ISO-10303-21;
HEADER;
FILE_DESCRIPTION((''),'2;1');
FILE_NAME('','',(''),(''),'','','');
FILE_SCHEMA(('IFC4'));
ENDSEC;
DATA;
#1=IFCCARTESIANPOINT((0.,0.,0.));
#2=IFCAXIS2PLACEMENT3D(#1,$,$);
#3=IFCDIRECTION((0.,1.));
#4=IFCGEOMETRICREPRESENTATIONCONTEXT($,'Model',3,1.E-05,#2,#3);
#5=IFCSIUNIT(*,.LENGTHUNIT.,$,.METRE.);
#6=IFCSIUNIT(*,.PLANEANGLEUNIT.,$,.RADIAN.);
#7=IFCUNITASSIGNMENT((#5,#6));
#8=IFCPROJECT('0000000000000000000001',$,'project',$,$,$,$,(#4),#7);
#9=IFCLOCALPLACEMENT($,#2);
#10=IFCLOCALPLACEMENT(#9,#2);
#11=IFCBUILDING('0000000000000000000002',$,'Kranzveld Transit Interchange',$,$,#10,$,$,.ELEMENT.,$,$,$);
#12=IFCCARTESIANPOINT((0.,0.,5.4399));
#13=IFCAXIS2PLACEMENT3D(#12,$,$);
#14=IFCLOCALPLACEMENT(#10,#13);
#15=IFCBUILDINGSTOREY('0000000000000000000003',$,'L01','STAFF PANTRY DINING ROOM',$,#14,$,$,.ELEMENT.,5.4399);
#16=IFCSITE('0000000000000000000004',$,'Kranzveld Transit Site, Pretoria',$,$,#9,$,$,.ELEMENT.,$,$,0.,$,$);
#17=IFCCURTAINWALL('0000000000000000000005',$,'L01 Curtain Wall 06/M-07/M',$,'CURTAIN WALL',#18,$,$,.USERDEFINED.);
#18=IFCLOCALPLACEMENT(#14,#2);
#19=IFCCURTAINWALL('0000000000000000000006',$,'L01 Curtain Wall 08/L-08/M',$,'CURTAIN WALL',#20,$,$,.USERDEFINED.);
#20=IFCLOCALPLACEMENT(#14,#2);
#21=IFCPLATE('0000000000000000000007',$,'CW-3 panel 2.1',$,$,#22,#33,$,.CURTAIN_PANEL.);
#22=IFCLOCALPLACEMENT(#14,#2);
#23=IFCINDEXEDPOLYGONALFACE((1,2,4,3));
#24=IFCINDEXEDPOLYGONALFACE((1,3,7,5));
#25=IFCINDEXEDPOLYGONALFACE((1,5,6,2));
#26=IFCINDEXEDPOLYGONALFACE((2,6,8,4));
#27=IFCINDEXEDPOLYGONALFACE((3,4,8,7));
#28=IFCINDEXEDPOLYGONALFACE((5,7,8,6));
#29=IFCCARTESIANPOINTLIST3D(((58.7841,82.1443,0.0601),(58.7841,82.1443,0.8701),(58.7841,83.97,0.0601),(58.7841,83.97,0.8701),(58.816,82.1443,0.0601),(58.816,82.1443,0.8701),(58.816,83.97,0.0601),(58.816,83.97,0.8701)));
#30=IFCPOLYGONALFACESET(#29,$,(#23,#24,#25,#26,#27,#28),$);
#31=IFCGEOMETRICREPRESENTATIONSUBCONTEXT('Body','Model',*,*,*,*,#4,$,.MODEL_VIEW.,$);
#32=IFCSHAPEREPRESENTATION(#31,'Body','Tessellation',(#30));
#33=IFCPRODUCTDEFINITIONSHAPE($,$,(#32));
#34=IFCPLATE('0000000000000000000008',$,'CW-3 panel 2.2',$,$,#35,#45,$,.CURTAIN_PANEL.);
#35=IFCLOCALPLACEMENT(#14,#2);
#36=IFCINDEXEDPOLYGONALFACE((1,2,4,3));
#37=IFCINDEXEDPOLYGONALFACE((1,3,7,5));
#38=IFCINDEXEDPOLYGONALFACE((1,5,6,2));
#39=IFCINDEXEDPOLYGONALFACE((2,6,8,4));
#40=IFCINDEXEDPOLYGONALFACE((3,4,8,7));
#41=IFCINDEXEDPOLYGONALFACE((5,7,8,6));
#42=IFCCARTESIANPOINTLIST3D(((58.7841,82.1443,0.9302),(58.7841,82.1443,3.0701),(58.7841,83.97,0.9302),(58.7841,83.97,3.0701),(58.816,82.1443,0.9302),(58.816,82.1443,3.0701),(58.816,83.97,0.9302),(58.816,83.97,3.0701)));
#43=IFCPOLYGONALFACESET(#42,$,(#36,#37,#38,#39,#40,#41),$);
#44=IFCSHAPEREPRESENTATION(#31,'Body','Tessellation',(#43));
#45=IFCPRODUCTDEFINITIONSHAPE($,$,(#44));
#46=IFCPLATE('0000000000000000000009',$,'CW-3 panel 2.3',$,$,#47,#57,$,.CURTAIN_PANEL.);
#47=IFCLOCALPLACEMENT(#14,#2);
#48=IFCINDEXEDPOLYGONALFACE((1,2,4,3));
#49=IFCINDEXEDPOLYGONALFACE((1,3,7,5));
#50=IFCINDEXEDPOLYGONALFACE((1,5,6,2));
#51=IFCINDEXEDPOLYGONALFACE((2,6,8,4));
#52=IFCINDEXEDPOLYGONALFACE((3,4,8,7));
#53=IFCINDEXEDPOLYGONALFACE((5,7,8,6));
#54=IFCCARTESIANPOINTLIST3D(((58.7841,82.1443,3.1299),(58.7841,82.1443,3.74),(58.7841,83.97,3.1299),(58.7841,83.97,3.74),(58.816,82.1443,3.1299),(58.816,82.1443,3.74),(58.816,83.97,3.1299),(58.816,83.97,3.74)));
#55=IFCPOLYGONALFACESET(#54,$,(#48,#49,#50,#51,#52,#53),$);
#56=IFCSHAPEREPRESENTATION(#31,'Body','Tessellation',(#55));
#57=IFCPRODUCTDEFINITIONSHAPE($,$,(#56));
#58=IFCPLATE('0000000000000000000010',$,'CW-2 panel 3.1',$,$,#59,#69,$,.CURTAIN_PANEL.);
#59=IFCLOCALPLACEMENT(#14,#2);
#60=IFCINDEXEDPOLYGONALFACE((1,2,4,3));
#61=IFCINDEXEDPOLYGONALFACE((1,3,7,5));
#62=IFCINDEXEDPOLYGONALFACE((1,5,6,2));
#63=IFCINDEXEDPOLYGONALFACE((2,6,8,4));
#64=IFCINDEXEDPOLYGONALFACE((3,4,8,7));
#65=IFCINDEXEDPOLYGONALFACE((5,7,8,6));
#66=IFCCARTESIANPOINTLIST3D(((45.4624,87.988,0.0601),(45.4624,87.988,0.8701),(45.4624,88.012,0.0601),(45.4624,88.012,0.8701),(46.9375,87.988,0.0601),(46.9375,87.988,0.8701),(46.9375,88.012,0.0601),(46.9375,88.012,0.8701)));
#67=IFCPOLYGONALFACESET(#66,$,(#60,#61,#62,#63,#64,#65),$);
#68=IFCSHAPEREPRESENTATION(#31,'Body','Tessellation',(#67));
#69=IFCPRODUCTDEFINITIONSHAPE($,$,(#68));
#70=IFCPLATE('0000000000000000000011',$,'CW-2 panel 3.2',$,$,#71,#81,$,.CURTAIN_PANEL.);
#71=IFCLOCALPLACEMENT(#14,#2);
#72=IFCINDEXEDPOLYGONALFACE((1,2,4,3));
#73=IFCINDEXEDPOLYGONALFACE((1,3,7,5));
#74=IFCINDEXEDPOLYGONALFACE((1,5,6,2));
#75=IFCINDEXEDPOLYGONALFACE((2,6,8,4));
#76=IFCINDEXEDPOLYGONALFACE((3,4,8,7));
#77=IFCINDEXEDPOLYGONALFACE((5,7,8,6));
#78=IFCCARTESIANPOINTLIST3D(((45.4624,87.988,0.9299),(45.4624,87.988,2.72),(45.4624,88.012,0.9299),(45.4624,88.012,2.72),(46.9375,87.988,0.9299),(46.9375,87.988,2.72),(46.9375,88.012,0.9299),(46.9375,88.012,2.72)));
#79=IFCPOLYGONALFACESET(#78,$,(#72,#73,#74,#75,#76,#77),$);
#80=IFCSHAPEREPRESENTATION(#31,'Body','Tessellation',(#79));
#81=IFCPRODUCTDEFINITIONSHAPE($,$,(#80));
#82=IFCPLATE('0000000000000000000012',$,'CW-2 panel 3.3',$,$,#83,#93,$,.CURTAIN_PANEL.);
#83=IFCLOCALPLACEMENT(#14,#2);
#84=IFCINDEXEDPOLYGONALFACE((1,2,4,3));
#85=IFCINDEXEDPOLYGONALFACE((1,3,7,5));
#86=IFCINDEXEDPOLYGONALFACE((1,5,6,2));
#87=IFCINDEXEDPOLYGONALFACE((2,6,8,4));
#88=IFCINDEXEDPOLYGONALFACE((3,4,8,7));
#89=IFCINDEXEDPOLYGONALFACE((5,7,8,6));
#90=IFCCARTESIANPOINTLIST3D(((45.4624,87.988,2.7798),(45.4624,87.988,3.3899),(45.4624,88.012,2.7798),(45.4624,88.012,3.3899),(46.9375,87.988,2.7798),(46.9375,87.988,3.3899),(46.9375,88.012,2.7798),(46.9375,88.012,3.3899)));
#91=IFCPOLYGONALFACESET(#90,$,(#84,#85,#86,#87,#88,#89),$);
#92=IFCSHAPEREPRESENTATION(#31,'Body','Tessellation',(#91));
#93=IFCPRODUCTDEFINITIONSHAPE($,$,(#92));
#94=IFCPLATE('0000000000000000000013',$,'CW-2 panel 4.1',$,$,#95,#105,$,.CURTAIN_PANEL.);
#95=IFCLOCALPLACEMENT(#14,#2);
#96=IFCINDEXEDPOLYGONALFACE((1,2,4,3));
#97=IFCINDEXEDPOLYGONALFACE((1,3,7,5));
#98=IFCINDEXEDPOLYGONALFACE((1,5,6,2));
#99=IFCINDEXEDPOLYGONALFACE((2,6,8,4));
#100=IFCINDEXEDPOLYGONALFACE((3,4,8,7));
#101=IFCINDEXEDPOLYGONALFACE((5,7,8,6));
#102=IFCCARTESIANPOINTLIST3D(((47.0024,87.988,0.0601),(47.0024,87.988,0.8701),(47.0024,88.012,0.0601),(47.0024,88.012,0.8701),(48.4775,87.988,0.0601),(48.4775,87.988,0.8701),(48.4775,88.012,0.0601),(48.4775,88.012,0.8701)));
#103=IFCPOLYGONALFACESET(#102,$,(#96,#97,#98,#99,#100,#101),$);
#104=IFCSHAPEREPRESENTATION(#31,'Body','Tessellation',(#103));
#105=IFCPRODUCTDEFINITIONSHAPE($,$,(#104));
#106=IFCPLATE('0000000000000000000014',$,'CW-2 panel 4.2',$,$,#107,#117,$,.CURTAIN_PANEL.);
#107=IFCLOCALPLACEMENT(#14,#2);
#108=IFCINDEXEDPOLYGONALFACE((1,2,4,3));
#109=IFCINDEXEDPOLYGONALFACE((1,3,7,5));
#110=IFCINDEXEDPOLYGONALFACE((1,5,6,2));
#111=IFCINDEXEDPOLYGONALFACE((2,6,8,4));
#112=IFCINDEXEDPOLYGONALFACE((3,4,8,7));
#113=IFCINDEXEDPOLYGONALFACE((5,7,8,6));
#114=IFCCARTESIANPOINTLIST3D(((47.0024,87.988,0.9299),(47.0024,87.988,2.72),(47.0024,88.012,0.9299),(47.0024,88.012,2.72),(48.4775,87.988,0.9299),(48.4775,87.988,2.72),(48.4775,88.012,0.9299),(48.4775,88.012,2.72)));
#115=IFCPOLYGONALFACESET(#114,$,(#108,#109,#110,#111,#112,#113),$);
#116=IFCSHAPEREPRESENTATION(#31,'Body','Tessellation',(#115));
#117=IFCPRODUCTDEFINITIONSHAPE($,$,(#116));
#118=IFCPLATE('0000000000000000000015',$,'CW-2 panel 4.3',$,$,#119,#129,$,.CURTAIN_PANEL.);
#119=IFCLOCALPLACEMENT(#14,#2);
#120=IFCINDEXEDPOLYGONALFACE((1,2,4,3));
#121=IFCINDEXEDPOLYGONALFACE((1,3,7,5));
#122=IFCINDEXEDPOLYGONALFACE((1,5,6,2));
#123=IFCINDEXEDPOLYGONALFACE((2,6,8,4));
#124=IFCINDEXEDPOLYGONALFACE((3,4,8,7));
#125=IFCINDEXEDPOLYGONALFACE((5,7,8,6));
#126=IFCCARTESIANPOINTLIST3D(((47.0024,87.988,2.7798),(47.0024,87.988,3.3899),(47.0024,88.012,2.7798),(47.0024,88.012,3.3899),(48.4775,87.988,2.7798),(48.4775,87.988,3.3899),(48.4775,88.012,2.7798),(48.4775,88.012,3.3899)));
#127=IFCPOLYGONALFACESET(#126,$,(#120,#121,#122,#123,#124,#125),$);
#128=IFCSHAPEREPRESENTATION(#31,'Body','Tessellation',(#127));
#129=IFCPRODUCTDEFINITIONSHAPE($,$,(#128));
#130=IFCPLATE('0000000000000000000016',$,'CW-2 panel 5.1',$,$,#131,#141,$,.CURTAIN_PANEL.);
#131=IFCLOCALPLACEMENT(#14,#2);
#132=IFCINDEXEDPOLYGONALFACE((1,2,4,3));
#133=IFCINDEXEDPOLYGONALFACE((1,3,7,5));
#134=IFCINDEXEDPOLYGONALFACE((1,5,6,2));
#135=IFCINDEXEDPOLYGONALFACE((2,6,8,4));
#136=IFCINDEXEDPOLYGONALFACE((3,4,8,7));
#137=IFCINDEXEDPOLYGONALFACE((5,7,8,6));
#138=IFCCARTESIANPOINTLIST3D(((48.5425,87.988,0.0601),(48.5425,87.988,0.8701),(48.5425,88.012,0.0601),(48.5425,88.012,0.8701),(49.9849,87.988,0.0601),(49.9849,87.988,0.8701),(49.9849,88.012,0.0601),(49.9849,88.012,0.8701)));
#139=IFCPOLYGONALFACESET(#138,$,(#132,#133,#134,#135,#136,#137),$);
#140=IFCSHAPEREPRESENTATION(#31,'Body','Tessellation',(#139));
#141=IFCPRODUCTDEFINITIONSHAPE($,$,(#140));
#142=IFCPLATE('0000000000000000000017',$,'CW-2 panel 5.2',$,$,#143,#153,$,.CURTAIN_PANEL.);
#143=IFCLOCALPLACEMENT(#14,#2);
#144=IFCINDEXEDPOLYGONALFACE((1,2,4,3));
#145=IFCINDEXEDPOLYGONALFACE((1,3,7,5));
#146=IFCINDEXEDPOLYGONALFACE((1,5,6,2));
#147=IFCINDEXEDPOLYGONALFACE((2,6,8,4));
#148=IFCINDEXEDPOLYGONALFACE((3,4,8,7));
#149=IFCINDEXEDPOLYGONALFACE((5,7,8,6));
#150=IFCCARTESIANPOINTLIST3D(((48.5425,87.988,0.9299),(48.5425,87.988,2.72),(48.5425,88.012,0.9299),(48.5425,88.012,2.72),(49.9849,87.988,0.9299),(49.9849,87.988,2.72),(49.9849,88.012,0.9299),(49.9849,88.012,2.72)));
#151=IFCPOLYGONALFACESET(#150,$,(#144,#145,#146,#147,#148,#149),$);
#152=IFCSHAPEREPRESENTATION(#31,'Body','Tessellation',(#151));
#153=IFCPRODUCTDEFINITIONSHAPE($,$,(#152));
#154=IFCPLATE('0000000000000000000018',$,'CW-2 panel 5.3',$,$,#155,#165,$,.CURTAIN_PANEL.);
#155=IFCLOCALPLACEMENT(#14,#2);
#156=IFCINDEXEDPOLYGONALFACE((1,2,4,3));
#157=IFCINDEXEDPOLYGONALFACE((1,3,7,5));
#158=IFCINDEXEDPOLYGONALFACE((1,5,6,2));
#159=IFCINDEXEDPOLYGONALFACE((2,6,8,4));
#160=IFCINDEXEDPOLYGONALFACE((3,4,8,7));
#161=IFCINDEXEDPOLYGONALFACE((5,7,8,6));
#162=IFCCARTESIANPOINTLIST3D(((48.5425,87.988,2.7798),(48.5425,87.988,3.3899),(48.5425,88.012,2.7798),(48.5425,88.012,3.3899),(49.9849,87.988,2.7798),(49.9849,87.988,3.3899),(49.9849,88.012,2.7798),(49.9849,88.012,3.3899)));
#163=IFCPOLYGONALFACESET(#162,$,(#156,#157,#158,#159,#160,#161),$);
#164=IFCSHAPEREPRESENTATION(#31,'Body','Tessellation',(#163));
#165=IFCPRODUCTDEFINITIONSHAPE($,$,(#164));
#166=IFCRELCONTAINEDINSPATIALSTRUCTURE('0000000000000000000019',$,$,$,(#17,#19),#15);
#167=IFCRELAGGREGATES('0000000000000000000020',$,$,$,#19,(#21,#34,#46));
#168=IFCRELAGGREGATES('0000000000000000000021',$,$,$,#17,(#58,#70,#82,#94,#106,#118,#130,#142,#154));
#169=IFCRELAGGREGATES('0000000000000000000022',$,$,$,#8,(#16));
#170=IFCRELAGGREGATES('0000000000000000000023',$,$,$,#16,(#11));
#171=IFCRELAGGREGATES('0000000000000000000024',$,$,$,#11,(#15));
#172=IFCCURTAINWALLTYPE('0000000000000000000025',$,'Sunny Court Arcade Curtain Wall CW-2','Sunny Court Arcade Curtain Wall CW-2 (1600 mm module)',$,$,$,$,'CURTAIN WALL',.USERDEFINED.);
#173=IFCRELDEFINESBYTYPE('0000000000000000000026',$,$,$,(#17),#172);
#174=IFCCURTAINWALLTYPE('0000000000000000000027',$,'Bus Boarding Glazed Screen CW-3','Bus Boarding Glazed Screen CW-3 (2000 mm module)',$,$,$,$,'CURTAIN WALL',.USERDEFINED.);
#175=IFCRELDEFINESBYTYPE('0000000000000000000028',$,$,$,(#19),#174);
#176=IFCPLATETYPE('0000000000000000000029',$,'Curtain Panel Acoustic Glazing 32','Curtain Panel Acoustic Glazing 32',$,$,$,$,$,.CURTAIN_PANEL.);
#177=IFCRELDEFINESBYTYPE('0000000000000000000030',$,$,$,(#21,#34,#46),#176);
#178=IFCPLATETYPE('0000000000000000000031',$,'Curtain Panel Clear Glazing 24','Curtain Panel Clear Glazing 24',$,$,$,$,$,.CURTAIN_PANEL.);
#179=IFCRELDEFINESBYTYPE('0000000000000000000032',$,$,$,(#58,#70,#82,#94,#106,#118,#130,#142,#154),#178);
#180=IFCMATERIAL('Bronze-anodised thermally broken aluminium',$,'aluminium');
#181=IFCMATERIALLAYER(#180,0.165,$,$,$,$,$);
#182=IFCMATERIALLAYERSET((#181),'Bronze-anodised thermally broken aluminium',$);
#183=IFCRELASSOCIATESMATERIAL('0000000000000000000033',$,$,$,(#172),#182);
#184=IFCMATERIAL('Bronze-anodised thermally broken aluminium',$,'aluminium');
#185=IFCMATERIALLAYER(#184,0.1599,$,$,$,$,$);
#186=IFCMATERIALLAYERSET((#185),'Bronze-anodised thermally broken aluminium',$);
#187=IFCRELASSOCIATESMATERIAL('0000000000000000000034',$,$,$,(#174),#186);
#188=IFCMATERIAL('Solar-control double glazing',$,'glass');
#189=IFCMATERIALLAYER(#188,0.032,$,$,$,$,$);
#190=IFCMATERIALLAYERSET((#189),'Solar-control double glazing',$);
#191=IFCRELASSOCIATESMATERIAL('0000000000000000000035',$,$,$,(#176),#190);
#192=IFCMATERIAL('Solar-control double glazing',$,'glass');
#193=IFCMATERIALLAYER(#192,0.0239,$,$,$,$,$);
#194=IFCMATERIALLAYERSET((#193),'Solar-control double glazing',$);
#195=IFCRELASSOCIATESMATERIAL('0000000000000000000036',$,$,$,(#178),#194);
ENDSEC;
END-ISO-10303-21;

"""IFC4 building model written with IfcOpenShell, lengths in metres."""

from ifc_helpers import new_model, si_unit, direction, frame, origin, origin_2d, place, context, subcontext, project, spatial, rectangle, extrude, material, layer, layer_set, type_object, element, aggregate, save


model = new_model("IFC4")

# Units and contexts
model_context = context("Model", 3, precision=1e-05, world=origin(), true_north=direction((0.0, 1.0)))
body_context = subcontext(model_context, "Body", "Model", "MODEL_VIEW")
ifc_project = project(units=[si_unit("LENGTHUNIT", "METRE"), si_unit("PLANEANGLEUNIT", "RADIAN")], contexts=[model_context])

# Site, building, storey
site_placement = place(None, origin())
site = spatial("IfcSite", under=ifc_project, at=site_placement, Name="Kranzveld Transit Site, Pretoria", CompositionType="ELEMENT", RefElevation=0.0)
building_placement = place(site_placement, origin())
building = spatial("IfcBuilding", under=site, at=building_placement, Name="Kranzveld Transit Interchange", CompositionType="ELEMENT")
storey_placement = place(building_placement, frame((0.0, 0.0, 5.4399)))
storey = spatial("IfcBuildingStorey", under=building, at=storey_placement, Name="L01", Description="STAFF PANTRY DINING ROOM", CompositionType="ELEMENT", Elevation=5.4399)

# Curtain wall
ifc_material_1 = material(Name="Bronze-anodised thermally broken aluminium", Category="aluminium")
ifc_layer_1 = layer(ifc_material_1, 0.165)
ifc_layer_set_1 = layer_set([ifc_layer_1], Name="Bronze-anodised thermally broken aluminium")
curtain_wall_type_1 = type_object("IfcCurtainWallType", Name="Sunny Court Arcade Curtain Wall CW-2", Description="Sunny Court Arcade Curtain Wall CW-2 (1600 mm module)", ElementType="CURTAIN WALL", PredefinedType="USERDEFINED", material=ifc_layer_set_1)
curtain_wall_1_placement = place(storey_placement, origin())
curtain_wall_1 = element("IfcCurtainWall", 1, at=curtain_wall_1_placement, inside=storey, type_object=curtain_wall_type_1, Name="L01 Curtain Wall 06/M-07/M", ObjectType="CURTAIN WALL", PredefinedType="USERDEFINED")

# Curtain wall, plates
ifc_material_2 = material(Name="Bronze-anodised thermally broken aluminium", Category="aluminium")
ifc_layer_2 = layer(ifc_material_2, 0.1599)
ifc_layer_set_2 = layer_set([ifc_layer_2], Name="Bronze-anodised thermally broken aluminium")
curtain_wall_type_2 = type_object("IfcCurtainWallType", Name="Bus Boarding Glazed Screen CW-3", Description="Bus Boarding Glazed Screen CW-3 (2000 mm module)", ElementType="CURTAIN WALL", PredefinedType="USERDEFINED", material=ifc_layer_set_2)
curtain_wall_2_placement = place(storey_placement, origin())
curtain_wall_2 = element("IfcCurtainWall", 2, at=curtain_wall_2_placement, inside=storey, type_object=curtain_wall_type_2, Name="L01 Curtain Wall 08/L-08/M", ObjectType="CURTAIN WALL", PredefinedType="USERDEFINED")
ifc_material_3 = material(Name="Solar-control double glazing", Category="glass")
ifc_layer_3 = layer(ifc_material_3, 0.032)
ifc_layer_set_3 = layer_set([ifc_layer_3], Name="Solar-control double glazing")
plate_type_1 = type_object("IfcPlateType", Name="Curtain Panel Acoustic Glazing 32", Description="Curtain Panel Acoustic Glazing 32", PredefinedType="CURTAIN_PANEL", material=ifc_layer_set_3)
plate_1_placement = place(storey_placement, frame((58.8, 83.0571, 0.0601), z_axis=(0.0, 0.0, 1.0), x_axis=(0.0, 1.0, 0.0)))
plate_1 = element("IfcPlate", 3, at=plate_1_placement, type_object=plate_type_1, Name="CW-3 panel 2.1", PredefinedType="CURTAIN_PANEL", context=body_context, shape_type="SweptSolid", body=[
    extrude(rectangle(XDim=1.8257, YDim=0.032, at=origin_2d()), origin(), (0.0, 0.0, 1.0), 0.8101),
])
plate_2_placement = place(storey_placement, frame((58.8, 83.0571, 0.9302), z_axis=(0.0, 0.0, 1.0), x_axis=(0.0, 1.0, 0.0)))
plate_2 = element("IfcPlate", 4, at=plate_2_placement, type_object=plate_type_1, Name="CW-3 panel 2.2", PredefinedType="CURTAIN_PANEL", context=body_context, shape_type="SweptSolid", body=[
    extrude(rectangle(XDim=1.8257, YDim=0.032, at=origin_2d()), origin(), (0.0, 0.0, 1.0), 2.1399),
])
plate_3_placement = place(storey_placement, frame((58.8, 83.0571, 3.1299), z_axis=(0.0, 0.0, 1.0), x_axis=(0.0, 1.0, 0.0)))
plate_3 = element("IfcPlate", 5, at=plate_3_placement, type_object=plate_type_1, Name="CW-3 panel 2.3", PredefinedType="CURTAIN_PANEL", context=body_context, shape_type="SweptSolid", body=[
    extrude(rectangle(XDim=1.8257, YDim=0.032, at=origin_2d()), origin(), (0.0, 0.0, 1.0), 0.6101),
])
aggregate(curtain_wall_2, [plate_1, plate_2, plate_3])

# Plates
ifc_material_4 = material(Name="Solar-control double glazing", Category="glass")
ifc_layer_4 = layer(ifc_material_4, 0.0239)
ifc_layer_set_4 = layer_set([ifc_layer_4], Name="Solar-control double glazing")
plate_type_2 = type_object("IfcPlateType", Name="Curtain Panel Clear Glazing 24", Description="Curtain Panel Clear Glazing 24", PredefinedType="CURTAIN_PANEL", material=ifc_layer_set_4)
plate_4_placement = place(storey_placement, frame((46.2, 88.0, 0.0601), z_axis=(0.0, 0.0, 1.0), x_axis=(1.0, 0.0, 0.0)))
plate_4 = element("IfcPlate", 6, at=plate_4_placement, type_object=plate_type_2, Name="CW-2 panel 3.1", PredefinedType="CURTAIN_PANEL", context=body_context, shape_type="SweptSolid", body=[
    extrude(rectangle(XDim=1.4751, YDim=0.0239, at=origin_2d()), origin(), (0.0, 0.0, 1.0), 0.8101),
])
plate_5_placement = place(storey_placement, frame((46.2, 88.0, 0.9299), z_axis=(0.0, 0.0, 1.0), x_axis=(1.0, 0.0, 0.0)))
plate_5 = element("IfcPlate", 7, at=plate_5_placement, type_object=plate_type_2, Name="CW-2 panel 3.2", PredefinedType="CURTAIN_PANEL", context=body_context, shape_type="SweptSolid", body=[
    extrude(rectangle(XDim=1.4751, YDim=0.0239, at=origin_2d()), origin(), (0.0, 0.0, 1.0), 1.79),
])
plate_6_placement = place(storey_placement, frame((46.2, 88.0, 2.7798), z_axis=(0.0, 0.0, 1.0), x_axis=(1.0, 0.0, 0.0)))
plate_6 = element("IfcPlate", 8, at=plate_6_placement, type_object=plate_type_2, Name="CW-2 panel 3.3", PredefinedType="CURTAIN_PANEL", context=body_context, shape_type="SweptSolid", body=[
    extrude(rectangle(XDim=1.4751, YDim=0.0239, at=origin_2d()), origin(), (0.0, 0.0, 1.0), 0.6101),
])
plate_7_placement = place(storey_placement, frame((47.74, 88.0, 0.0601), z_axis=(0.0, 0.0, 1.0), x_axis=(1.0, 0.0, 0.0)))
plate_7 = element("IfcPlate", 9, at=plate_7_placement, type_object=plate_type_2, Name="CW-2 panel 4.1", PredefinedType="CURTAIN_PANEL", context=body_context, shape_type="SweptSolid", body=[
    extrude(rectangle(XDim=1.4751, YDim=0.0239, at=origin_2d()), origin(), (0.0, 0.0, 1.0), 0.8101),
])
plate_8_placement = place(storey_placement, frame((47.74, 88.0, 0.9299), z_axis=(0.0, 0.0, 1.0), x_axis=(1.0, 0.0, 0.0)))
plate_8 = element("IfcPlate", 10, at=plate_8_placement, type_object=plate_type_2, Name="CW-2 panel 4.2", PredefinedType="CURTAIN_PANEL", context=body_context, shape_type="SweptSolid", body=[
    extrude(rectangle(XDim=1.4751, YDim=0.0239, at=origin_2d()), origin(), (0.0, 0.0, 1.0), 1.79),
])
plate_9_placement = place(storey_placement, frame((47.74, 88.0, 2.7798), z_axis=(0.0, 0.0, 1.0), x_axis=(1.0, 0.0, 0.0)))
plate_9 = element("IfcPlate", 11, at=plate_9_placement, type_object=plate_type_2, Name="CW-2 panel 4.3", PredefinedType="CURTAIN_PANEL", context=body_context, shape_type="SweptSolid", body=[
    extrude(rectangle(XDim=1.4751, YDim=0.0239, at=origin_2d()), origin(), (0.0, 0.0, 1.0), 0.6101),
])
plate_10_placement = place(storey_placement, frame((49.2637, 88.0, 0.0601), z_axis=(0.0, 0.0, 1.0), x_axis=(1.0, 0.0, 0.0)))
plate_10 = element("IfcPlate", 12, at=plate_10_placement, type_object=plate_type_2, Name="CW-2 panel 5.1", PredefinedType="CURTAIN_PANEL", context=body_context, shape_type="SweptSolid", body=[
    extrude(rectangle(XDim=1.4424, YDim=0.0239, at=origin_2d()), origin(), (0.0, 0.0, 1.0), 0.8101),
])
plate_11_placement = place(storey_placement, frame((49.2637, 88.0, 0.9299), z_axis=(0.0, 0.0, 1.0), x_axis=(1.0, 0.0, 0.0)))
plate_11 = element("IfcPlate", 13, at=plate_11_placement, type_object=plate_type_2, Name="CW-2 panel 5.2", PredefinedType="CURTAIN_PANEL", context=body_context, shape_type="SweptSolid", body=[
    extrude(rectangle(XDim=1.4424, YDim=0.0239, at=origin_2d()), origin(), (0.0, 0.0, 1.0), 1.79),
])
plate_12_placement = place(storey_placement, frame((49.2637, 88.0, 2.7798), z_axis=(0.0, 0.0, 1.0), x_axis=(1.0, 0.0, 0.0)))
plate_12 = element("IfcPlate", 14, at=plate_12_placement, type_object=plate_type_2, Name="CW-2 panel 5.3", PredefinedType="CURTAIN_PANEL", context=body_context, shape_type="SweptSolid", body=[
    extrude(rectangle(XDim=1.4424, YDim=0.0239, at=origin_2d()), origin(), (0.0, 0.0, 1.0), 0.6101),
])
aggregate(curtain_wall_1, [plate_4, plate_5, plate_6, plate_7, plate_8, plate_9, plate_10, plate_11, plate_12])

save(model, "model.ifc")
